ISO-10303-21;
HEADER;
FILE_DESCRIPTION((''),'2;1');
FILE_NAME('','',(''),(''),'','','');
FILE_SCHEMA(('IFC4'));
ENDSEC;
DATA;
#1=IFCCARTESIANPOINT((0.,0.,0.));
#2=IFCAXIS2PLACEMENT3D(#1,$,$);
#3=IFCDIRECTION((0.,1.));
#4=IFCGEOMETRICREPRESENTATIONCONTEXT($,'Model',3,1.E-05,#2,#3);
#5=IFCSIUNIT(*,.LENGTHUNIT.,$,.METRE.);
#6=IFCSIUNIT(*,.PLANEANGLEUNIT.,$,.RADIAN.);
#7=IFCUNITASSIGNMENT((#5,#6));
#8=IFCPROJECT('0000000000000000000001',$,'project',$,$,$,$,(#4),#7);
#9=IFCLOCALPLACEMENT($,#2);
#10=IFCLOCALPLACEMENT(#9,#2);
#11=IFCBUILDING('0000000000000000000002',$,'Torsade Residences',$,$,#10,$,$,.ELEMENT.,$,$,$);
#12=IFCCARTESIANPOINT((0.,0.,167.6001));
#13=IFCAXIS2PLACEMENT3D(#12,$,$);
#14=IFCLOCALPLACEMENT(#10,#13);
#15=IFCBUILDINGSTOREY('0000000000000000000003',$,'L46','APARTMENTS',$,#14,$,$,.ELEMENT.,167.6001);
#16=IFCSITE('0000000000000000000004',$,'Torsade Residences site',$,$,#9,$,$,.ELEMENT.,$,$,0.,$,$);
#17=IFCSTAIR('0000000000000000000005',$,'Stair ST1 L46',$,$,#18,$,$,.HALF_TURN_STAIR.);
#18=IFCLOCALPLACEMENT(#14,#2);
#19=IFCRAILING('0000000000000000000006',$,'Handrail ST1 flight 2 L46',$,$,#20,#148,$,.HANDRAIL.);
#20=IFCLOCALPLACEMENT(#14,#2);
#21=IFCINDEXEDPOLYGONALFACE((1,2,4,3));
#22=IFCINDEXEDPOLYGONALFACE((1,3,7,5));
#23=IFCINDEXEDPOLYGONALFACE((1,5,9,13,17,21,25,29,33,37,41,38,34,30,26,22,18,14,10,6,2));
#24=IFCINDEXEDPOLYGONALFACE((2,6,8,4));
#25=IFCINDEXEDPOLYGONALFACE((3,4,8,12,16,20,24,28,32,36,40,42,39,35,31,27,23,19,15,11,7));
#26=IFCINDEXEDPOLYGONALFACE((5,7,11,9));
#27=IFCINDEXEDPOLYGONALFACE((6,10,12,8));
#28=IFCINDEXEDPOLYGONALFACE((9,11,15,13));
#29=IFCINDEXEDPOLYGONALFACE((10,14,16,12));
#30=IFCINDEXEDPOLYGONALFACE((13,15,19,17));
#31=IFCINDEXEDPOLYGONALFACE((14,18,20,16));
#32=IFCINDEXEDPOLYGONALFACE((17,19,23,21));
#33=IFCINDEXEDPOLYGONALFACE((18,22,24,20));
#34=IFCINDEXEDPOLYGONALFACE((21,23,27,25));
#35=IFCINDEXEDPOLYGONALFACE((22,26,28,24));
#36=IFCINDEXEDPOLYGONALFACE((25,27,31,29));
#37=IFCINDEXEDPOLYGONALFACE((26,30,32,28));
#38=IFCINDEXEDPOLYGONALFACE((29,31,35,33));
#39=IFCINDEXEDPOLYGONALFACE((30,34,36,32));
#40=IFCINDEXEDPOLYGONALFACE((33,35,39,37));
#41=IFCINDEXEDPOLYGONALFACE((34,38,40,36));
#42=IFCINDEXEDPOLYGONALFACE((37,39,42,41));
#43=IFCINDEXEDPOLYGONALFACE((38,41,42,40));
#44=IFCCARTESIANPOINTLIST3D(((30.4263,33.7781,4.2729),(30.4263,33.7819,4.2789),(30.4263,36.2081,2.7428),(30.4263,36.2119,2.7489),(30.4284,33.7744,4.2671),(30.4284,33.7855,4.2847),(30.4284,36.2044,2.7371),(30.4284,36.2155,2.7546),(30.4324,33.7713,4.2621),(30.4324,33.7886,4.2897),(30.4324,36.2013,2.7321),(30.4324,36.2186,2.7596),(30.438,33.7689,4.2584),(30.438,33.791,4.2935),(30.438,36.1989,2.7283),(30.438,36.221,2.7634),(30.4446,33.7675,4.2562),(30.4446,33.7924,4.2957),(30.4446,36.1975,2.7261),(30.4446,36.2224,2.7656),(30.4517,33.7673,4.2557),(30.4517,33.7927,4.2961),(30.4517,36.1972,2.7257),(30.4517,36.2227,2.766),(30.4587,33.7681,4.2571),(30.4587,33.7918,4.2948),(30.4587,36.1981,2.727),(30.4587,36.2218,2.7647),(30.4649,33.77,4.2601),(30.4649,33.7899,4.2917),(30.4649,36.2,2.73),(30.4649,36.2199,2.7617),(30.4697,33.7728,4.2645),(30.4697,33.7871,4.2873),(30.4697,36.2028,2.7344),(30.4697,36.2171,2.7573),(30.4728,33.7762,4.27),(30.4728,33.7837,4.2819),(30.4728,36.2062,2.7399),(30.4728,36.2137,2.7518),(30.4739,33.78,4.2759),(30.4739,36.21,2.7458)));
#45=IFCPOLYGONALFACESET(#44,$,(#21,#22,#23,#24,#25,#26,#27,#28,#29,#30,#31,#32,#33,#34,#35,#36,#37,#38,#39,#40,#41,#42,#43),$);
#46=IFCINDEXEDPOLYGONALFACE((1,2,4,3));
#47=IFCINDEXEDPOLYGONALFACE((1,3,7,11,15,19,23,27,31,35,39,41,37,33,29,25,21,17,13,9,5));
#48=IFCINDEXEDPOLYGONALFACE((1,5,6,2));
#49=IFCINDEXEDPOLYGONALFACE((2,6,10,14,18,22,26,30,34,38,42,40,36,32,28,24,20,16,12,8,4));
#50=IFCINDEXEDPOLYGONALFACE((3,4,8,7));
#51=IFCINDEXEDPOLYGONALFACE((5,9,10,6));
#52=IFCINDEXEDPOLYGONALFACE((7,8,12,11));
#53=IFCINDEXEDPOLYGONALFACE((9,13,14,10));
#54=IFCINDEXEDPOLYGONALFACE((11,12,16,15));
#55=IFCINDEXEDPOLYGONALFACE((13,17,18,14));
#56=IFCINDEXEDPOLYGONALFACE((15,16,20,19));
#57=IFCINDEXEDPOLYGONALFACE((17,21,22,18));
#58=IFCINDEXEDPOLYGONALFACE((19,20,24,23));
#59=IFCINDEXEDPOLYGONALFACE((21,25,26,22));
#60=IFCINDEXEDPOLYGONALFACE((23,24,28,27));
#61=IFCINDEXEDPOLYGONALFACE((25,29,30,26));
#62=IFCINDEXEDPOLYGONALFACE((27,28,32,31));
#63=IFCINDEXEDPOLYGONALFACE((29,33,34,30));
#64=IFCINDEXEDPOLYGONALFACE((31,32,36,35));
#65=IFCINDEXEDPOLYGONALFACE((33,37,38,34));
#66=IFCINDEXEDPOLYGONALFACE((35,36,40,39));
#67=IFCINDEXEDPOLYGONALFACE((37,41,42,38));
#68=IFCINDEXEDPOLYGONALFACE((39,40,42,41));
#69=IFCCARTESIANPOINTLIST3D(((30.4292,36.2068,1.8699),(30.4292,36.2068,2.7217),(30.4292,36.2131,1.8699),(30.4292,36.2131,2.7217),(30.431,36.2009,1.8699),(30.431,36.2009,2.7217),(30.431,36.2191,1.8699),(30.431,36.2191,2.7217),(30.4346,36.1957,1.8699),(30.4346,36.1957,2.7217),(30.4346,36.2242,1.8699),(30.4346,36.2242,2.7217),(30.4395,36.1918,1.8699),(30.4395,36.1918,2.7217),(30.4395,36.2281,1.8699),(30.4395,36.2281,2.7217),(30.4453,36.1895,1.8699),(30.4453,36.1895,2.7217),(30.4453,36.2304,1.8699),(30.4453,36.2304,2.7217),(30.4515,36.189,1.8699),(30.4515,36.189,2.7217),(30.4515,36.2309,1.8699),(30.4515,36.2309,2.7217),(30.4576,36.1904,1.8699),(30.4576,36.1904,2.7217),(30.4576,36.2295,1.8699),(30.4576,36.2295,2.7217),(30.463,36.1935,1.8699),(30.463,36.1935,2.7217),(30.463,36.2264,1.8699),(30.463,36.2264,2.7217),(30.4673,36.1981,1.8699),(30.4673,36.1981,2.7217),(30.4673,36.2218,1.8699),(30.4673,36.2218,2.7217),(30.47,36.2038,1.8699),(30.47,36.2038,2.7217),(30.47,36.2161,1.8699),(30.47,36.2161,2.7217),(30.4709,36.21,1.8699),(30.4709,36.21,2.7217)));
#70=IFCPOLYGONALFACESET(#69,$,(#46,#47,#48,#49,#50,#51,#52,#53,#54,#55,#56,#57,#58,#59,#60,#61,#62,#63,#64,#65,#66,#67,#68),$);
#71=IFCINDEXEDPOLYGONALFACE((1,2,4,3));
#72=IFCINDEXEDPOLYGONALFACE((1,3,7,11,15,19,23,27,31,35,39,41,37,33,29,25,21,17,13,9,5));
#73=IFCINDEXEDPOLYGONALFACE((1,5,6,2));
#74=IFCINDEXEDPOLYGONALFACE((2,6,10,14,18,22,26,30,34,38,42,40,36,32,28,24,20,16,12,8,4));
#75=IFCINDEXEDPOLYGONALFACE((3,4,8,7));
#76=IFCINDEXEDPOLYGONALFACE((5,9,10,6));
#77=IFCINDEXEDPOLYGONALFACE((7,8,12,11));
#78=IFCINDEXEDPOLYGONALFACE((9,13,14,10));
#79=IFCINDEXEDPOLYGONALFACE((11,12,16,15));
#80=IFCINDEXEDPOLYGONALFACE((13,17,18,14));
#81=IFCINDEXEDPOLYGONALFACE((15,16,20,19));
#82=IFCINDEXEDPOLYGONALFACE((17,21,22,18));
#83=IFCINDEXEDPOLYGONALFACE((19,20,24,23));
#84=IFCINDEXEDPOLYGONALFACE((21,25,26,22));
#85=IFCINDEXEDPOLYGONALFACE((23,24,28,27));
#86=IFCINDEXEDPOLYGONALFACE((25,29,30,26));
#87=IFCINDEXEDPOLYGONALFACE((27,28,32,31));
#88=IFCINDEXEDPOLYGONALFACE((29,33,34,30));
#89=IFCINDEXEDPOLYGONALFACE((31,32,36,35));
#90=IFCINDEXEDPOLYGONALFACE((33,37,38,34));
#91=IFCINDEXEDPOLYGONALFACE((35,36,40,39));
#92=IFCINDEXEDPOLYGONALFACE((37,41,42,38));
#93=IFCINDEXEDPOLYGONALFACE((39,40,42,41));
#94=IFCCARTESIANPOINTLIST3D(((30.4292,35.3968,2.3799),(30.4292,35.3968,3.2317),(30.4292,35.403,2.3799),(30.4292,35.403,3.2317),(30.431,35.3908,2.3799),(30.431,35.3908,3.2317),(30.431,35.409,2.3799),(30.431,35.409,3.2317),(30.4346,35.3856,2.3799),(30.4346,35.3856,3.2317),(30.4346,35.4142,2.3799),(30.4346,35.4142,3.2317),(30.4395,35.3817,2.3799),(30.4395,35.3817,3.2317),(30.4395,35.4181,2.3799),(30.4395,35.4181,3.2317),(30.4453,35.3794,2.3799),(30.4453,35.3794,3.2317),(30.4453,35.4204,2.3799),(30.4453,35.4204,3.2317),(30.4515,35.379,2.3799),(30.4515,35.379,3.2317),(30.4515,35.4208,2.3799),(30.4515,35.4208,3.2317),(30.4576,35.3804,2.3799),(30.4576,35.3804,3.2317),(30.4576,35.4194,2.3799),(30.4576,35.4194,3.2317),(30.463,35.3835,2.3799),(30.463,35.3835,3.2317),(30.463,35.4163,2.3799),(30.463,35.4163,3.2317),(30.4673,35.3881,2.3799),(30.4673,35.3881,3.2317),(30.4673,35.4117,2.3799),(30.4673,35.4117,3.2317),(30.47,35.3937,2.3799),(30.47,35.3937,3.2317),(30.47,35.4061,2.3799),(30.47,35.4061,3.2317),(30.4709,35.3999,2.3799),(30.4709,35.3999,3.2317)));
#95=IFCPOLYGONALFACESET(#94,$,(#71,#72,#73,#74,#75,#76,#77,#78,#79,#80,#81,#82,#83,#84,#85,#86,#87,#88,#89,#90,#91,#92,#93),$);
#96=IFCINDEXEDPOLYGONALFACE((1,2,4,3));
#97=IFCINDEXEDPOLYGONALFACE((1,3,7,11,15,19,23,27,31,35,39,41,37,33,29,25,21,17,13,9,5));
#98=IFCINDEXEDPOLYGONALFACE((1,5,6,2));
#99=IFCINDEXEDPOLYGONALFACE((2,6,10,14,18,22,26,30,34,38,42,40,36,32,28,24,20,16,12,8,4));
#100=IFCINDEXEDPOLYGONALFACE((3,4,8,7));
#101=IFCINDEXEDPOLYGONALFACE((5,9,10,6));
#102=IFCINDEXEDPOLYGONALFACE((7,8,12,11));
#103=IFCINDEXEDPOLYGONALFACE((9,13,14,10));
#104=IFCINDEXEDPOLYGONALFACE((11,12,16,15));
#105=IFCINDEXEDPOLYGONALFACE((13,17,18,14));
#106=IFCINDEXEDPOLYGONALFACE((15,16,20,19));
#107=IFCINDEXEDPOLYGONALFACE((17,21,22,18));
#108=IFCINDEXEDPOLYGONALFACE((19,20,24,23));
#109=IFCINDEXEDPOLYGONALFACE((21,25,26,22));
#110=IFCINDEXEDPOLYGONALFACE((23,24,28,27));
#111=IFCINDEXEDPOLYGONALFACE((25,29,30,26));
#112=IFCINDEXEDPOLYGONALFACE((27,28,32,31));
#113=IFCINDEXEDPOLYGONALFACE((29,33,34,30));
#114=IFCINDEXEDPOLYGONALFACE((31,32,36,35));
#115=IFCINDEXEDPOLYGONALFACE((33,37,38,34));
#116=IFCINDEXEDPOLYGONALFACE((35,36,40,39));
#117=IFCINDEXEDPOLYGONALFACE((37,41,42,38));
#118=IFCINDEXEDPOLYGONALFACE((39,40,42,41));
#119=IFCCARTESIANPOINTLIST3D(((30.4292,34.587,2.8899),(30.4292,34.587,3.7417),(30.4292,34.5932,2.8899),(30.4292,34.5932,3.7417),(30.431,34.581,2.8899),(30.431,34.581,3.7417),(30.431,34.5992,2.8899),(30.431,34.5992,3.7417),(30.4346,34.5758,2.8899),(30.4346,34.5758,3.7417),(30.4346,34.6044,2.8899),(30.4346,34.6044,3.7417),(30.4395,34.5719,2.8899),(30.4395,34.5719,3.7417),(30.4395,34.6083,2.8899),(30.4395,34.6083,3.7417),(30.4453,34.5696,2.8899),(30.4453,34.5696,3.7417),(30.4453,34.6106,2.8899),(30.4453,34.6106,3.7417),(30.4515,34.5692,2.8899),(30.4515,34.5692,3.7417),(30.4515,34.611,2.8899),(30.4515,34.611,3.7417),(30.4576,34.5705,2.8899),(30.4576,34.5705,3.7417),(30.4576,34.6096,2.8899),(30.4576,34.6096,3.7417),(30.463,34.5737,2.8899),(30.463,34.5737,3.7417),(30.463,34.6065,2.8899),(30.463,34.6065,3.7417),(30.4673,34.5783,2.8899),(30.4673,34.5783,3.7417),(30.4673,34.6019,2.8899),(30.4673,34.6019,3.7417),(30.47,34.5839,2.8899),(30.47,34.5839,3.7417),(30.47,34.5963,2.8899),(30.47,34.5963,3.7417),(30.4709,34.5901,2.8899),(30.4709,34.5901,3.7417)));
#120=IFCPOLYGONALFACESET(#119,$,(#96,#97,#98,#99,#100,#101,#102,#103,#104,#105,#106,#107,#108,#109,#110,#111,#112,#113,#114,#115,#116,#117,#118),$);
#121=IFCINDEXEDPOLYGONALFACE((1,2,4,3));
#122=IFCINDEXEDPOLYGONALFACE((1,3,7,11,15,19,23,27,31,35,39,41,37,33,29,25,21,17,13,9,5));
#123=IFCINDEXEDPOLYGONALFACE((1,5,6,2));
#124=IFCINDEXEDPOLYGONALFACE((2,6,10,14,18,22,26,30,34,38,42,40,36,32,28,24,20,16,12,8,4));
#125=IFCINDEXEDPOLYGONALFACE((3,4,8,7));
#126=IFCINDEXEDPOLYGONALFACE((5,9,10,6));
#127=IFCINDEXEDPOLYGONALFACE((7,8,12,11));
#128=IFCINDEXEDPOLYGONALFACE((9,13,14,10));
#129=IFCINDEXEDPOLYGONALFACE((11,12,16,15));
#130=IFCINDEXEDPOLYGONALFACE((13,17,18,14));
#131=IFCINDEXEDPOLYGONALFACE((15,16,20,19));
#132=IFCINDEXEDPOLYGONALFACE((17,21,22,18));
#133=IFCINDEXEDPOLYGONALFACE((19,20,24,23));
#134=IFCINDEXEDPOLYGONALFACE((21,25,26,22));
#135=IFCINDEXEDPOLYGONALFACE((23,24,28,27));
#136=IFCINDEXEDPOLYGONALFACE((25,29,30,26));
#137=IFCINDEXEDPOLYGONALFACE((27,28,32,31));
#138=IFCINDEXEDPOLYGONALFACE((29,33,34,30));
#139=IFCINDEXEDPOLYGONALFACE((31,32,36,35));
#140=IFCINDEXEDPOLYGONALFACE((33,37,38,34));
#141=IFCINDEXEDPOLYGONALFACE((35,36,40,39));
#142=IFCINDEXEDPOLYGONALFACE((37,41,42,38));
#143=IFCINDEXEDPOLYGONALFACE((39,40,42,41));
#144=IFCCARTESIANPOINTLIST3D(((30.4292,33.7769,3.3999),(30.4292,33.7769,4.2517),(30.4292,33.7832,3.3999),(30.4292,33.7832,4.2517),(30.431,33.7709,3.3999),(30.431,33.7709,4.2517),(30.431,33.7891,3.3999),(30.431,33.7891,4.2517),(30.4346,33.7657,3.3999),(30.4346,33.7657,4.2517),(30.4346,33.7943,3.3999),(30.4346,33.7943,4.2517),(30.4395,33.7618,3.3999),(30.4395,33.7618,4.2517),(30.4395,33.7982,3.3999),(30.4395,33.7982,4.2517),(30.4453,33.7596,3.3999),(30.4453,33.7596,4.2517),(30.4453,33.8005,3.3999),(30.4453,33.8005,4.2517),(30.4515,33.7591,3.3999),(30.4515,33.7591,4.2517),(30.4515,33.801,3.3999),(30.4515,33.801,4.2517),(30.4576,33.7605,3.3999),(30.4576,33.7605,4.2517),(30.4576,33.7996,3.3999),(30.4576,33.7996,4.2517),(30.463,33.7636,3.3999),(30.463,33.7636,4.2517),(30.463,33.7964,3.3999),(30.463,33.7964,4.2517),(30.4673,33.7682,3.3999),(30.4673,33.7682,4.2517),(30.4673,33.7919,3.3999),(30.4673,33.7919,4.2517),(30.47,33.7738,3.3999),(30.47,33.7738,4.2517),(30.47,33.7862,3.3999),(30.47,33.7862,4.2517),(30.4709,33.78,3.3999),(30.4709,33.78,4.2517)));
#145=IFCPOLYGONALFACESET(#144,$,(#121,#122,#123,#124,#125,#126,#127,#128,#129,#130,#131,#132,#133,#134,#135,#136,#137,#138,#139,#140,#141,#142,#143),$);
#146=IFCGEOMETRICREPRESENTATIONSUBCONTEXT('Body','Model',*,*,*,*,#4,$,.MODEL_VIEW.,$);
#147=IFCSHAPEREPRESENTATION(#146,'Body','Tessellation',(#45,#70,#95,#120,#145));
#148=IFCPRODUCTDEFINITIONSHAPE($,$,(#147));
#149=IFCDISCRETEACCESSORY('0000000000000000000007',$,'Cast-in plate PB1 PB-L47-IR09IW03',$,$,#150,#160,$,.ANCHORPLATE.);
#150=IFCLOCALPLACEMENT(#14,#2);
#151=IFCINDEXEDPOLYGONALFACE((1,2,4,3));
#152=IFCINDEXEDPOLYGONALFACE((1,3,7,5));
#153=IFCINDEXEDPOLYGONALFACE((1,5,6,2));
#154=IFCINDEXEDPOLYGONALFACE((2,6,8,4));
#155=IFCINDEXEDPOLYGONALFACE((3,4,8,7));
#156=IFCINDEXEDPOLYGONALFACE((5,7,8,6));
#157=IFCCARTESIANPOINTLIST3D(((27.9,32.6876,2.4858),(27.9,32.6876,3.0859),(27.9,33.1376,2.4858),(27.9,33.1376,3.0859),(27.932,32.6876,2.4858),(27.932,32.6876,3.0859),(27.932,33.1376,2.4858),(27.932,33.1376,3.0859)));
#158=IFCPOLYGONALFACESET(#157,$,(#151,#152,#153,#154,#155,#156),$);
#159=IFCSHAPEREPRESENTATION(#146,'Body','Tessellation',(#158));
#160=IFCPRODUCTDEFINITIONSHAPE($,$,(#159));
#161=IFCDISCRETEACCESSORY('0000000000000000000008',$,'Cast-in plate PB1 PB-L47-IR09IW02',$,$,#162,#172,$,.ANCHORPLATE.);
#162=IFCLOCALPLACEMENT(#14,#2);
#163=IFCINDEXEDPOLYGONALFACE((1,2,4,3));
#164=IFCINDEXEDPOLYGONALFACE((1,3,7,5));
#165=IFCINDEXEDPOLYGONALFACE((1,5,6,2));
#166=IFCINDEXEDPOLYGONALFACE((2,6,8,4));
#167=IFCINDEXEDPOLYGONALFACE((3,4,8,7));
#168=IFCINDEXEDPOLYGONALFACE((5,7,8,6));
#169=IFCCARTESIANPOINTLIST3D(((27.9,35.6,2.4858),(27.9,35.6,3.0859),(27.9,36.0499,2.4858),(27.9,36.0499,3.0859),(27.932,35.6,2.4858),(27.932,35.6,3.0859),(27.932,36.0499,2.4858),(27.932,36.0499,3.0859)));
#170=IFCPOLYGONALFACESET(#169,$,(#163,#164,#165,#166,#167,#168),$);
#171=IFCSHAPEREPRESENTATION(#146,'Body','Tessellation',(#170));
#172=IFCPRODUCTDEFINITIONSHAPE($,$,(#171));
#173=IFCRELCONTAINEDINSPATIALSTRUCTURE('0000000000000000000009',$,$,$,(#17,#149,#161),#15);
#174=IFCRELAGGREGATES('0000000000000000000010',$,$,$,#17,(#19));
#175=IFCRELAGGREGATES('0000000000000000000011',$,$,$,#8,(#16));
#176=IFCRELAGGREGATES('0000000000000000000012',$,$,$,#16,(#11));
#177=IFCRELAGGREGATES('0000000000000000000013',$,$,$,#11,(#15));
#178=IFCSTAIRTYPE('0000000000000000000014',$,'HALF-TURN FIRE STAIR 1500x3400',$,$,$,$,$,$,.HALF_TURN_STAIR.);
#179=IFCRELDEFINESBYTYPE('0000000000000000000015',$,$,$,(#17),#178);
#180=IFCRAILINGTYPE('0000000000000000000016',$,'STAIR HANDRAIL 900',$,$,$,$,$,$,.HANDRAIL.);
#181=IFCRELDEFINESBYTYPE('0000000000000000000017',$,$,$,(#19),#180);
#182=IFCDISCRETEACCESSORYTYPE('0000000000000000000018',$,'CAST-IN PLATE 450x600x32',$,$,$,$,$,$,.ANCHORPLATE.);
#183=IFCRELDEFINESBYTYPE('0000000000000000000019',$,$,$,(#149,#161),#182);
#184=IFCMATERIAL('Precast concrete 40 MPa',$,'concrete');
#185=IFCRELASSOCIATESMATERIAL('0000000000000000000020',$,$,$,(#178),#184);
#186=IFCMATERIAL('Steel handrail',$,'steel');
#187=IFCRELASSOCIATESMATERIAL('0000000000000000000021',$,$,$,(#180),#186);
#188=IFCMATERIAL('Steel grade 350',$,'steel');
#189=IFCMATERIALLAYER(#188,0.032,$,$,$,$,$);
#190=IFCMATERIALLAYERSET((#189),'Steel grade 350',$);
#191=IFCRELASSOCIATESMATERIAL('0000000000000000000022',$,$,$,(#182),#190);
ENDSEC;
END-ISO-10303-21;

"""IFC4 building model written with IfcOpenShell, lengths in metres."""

from ifc_helpers import new_model, si_unit, direction, frame, origin, origin_2d, place, context, subcontext, project, spatial, rectangle, circle, extrude, material, layer, layer_set, type_object, element, aggregate, save


model = new_model("IFC4")

# Units and contexts
model_context = context("Model", 3, precision=1e-05, world=origin(), true_north=direction((0.0, 1.0)))
body_context = subcontext(model_context, "Body", "Model", "MODEL_VIEW")
ifc_project = project(units=[si_unit("LENGTHUNIT", "METRE"), si_unit("PLANEANGLEUNIT", "RADIAN")], contexts=[model_context])

# Site, building, storey
site_placement = place(None, origin())
site = spatial("IfcSite", under=ifc_project, at=site_placement, Name="Torsade Residences site", CompositionType="ELEMENT", RefElevation=0.0)
building_placement = place(site_placement, origin())
building = spatial("IfcBuilding", under=site, at=building_placement, Name="Torsade Residences", CompositionType="ELEMENT")
storey_placement = place(building_placement, frame((0.0, 0.0, 167.6001)))
storey = spatial("IfcBuildingStorey", under=building, at=storey_placement, Name="L46", Description="APARTMENTS", CompositionType="ELEMENT", Elevation=167.6001)

# Stair, railing
ifc_material_1 = material(Name="Precast concrete 40 MPa", Category="concrete")
stair_type = type_object("IfcStairType", Name="HALF-TURN FIRE STAIR 1500x3400", PredefinedType="HALF_TURN_STAIR", material=ifc_material_1)
stair_placement = place(storey_placement, origin())
stair = element("IfcStair", 1, at=stair_placement, inside=storey, type_object=stair_type, Name="Stair ST1 L46", PredefinedType="HALF_TURN_STAIR")
ifc_material_2 = material(Name="Steel handrail", Category="steel")
railing_type = type_object("IfcRailingType", Name="STAIR HANDRAIL 900", PredefinedType="HANDRAIL", material=ifc_material_2)
railing_1_placement = place(storey_placement, frame((30.45, 36.21, 1.8699)))
railing_1 = element("IfcRailing", 2, at=railing_1_placement, type_object=railing_type, Name="Handrail ST1 flight 2 L46", PredefinedType="HANDRAIL", context=body_context, shape_type="SweptSolid", body=[
    extrude(circle(Radius=0.0239, at=origin_2d()), frame((0.0, 0.0, 0.876), z_axis=(0.0, -0.846221, 0.532831), x_axis=(1.0, 0.0, 0.0)), (0.0, 0.0, 1.0), 2.8716),
    extrude(circle(Radius=0.021, at=origin_2d()), origin(), (0.0, 0.0, 1.0), 0.8518),
    extrude(circle(Radius=0.021, at=origin_2d()), frame((0.0, -0.8101, 0.51)), (0.0, 0.0, 1.0), 0.8518),
    extrude(circle(Radius=0.021, at=origin_2d()), frame((0.0, -1.6199, 1.02)), (0.0, 0.0, 1.0), 0.8518),
    extrude(circle(Radius=0.021, at=origin_2d()), frame((0.0, -2.4299, 1.53)), (0.0, 0.0, 1.0), 0.8518),
])
aggregate(stair, [railing_1])

# Discrete accessories
ifc_material_3 = material(Name="Steel grade 350", Category="steel")
ifc_layer_1 = layer(ifc_material_3, 0.032)
ifc_layer_set_1 = layer_set([ifc_layer_1], Name="Steel grade 350")
discrete_accessory_type = type_object("IfcDiscreteAccessoryType", Name="CAST-IN PLATE 450x600x32", PredefinedType="ANCHORPLATE", material=ifc_layer_set_1)
for number, where, z_axis, x_axis, name in (
    (3, (27.916, 32.9126, 2.4858), (0.0, 0.0, 1.0), (1.0, 0.0, 0.0), "Cast-in plate PB1 PB-L47-IR09IW03"),
    (4, (27.916, 35.825, 2.4858), (0.0, 0.0, 1.0), (1.0, 0.0, 0.0), "Cast-in plate PB1 PB-L47-IR09IW02"),
):
    element("IfcDiscreteAccessory", number, at=place(storey_placement, frame(where, z_axis=z_axis, x_axis=x_axis)), inside=storey, type_object=discrete_accessory_type, Name=name, PredefinedType="ANCHORPLATE", context=body_context, shape_type="SweptSolid", body=[
        extrude(rectangle(XDim=0.032, YDim=0.45, at=origin_2d()), origin(), (0.0, 0.0, 1.0), 0.6001),
    ])

save(model, "model.ifc")
